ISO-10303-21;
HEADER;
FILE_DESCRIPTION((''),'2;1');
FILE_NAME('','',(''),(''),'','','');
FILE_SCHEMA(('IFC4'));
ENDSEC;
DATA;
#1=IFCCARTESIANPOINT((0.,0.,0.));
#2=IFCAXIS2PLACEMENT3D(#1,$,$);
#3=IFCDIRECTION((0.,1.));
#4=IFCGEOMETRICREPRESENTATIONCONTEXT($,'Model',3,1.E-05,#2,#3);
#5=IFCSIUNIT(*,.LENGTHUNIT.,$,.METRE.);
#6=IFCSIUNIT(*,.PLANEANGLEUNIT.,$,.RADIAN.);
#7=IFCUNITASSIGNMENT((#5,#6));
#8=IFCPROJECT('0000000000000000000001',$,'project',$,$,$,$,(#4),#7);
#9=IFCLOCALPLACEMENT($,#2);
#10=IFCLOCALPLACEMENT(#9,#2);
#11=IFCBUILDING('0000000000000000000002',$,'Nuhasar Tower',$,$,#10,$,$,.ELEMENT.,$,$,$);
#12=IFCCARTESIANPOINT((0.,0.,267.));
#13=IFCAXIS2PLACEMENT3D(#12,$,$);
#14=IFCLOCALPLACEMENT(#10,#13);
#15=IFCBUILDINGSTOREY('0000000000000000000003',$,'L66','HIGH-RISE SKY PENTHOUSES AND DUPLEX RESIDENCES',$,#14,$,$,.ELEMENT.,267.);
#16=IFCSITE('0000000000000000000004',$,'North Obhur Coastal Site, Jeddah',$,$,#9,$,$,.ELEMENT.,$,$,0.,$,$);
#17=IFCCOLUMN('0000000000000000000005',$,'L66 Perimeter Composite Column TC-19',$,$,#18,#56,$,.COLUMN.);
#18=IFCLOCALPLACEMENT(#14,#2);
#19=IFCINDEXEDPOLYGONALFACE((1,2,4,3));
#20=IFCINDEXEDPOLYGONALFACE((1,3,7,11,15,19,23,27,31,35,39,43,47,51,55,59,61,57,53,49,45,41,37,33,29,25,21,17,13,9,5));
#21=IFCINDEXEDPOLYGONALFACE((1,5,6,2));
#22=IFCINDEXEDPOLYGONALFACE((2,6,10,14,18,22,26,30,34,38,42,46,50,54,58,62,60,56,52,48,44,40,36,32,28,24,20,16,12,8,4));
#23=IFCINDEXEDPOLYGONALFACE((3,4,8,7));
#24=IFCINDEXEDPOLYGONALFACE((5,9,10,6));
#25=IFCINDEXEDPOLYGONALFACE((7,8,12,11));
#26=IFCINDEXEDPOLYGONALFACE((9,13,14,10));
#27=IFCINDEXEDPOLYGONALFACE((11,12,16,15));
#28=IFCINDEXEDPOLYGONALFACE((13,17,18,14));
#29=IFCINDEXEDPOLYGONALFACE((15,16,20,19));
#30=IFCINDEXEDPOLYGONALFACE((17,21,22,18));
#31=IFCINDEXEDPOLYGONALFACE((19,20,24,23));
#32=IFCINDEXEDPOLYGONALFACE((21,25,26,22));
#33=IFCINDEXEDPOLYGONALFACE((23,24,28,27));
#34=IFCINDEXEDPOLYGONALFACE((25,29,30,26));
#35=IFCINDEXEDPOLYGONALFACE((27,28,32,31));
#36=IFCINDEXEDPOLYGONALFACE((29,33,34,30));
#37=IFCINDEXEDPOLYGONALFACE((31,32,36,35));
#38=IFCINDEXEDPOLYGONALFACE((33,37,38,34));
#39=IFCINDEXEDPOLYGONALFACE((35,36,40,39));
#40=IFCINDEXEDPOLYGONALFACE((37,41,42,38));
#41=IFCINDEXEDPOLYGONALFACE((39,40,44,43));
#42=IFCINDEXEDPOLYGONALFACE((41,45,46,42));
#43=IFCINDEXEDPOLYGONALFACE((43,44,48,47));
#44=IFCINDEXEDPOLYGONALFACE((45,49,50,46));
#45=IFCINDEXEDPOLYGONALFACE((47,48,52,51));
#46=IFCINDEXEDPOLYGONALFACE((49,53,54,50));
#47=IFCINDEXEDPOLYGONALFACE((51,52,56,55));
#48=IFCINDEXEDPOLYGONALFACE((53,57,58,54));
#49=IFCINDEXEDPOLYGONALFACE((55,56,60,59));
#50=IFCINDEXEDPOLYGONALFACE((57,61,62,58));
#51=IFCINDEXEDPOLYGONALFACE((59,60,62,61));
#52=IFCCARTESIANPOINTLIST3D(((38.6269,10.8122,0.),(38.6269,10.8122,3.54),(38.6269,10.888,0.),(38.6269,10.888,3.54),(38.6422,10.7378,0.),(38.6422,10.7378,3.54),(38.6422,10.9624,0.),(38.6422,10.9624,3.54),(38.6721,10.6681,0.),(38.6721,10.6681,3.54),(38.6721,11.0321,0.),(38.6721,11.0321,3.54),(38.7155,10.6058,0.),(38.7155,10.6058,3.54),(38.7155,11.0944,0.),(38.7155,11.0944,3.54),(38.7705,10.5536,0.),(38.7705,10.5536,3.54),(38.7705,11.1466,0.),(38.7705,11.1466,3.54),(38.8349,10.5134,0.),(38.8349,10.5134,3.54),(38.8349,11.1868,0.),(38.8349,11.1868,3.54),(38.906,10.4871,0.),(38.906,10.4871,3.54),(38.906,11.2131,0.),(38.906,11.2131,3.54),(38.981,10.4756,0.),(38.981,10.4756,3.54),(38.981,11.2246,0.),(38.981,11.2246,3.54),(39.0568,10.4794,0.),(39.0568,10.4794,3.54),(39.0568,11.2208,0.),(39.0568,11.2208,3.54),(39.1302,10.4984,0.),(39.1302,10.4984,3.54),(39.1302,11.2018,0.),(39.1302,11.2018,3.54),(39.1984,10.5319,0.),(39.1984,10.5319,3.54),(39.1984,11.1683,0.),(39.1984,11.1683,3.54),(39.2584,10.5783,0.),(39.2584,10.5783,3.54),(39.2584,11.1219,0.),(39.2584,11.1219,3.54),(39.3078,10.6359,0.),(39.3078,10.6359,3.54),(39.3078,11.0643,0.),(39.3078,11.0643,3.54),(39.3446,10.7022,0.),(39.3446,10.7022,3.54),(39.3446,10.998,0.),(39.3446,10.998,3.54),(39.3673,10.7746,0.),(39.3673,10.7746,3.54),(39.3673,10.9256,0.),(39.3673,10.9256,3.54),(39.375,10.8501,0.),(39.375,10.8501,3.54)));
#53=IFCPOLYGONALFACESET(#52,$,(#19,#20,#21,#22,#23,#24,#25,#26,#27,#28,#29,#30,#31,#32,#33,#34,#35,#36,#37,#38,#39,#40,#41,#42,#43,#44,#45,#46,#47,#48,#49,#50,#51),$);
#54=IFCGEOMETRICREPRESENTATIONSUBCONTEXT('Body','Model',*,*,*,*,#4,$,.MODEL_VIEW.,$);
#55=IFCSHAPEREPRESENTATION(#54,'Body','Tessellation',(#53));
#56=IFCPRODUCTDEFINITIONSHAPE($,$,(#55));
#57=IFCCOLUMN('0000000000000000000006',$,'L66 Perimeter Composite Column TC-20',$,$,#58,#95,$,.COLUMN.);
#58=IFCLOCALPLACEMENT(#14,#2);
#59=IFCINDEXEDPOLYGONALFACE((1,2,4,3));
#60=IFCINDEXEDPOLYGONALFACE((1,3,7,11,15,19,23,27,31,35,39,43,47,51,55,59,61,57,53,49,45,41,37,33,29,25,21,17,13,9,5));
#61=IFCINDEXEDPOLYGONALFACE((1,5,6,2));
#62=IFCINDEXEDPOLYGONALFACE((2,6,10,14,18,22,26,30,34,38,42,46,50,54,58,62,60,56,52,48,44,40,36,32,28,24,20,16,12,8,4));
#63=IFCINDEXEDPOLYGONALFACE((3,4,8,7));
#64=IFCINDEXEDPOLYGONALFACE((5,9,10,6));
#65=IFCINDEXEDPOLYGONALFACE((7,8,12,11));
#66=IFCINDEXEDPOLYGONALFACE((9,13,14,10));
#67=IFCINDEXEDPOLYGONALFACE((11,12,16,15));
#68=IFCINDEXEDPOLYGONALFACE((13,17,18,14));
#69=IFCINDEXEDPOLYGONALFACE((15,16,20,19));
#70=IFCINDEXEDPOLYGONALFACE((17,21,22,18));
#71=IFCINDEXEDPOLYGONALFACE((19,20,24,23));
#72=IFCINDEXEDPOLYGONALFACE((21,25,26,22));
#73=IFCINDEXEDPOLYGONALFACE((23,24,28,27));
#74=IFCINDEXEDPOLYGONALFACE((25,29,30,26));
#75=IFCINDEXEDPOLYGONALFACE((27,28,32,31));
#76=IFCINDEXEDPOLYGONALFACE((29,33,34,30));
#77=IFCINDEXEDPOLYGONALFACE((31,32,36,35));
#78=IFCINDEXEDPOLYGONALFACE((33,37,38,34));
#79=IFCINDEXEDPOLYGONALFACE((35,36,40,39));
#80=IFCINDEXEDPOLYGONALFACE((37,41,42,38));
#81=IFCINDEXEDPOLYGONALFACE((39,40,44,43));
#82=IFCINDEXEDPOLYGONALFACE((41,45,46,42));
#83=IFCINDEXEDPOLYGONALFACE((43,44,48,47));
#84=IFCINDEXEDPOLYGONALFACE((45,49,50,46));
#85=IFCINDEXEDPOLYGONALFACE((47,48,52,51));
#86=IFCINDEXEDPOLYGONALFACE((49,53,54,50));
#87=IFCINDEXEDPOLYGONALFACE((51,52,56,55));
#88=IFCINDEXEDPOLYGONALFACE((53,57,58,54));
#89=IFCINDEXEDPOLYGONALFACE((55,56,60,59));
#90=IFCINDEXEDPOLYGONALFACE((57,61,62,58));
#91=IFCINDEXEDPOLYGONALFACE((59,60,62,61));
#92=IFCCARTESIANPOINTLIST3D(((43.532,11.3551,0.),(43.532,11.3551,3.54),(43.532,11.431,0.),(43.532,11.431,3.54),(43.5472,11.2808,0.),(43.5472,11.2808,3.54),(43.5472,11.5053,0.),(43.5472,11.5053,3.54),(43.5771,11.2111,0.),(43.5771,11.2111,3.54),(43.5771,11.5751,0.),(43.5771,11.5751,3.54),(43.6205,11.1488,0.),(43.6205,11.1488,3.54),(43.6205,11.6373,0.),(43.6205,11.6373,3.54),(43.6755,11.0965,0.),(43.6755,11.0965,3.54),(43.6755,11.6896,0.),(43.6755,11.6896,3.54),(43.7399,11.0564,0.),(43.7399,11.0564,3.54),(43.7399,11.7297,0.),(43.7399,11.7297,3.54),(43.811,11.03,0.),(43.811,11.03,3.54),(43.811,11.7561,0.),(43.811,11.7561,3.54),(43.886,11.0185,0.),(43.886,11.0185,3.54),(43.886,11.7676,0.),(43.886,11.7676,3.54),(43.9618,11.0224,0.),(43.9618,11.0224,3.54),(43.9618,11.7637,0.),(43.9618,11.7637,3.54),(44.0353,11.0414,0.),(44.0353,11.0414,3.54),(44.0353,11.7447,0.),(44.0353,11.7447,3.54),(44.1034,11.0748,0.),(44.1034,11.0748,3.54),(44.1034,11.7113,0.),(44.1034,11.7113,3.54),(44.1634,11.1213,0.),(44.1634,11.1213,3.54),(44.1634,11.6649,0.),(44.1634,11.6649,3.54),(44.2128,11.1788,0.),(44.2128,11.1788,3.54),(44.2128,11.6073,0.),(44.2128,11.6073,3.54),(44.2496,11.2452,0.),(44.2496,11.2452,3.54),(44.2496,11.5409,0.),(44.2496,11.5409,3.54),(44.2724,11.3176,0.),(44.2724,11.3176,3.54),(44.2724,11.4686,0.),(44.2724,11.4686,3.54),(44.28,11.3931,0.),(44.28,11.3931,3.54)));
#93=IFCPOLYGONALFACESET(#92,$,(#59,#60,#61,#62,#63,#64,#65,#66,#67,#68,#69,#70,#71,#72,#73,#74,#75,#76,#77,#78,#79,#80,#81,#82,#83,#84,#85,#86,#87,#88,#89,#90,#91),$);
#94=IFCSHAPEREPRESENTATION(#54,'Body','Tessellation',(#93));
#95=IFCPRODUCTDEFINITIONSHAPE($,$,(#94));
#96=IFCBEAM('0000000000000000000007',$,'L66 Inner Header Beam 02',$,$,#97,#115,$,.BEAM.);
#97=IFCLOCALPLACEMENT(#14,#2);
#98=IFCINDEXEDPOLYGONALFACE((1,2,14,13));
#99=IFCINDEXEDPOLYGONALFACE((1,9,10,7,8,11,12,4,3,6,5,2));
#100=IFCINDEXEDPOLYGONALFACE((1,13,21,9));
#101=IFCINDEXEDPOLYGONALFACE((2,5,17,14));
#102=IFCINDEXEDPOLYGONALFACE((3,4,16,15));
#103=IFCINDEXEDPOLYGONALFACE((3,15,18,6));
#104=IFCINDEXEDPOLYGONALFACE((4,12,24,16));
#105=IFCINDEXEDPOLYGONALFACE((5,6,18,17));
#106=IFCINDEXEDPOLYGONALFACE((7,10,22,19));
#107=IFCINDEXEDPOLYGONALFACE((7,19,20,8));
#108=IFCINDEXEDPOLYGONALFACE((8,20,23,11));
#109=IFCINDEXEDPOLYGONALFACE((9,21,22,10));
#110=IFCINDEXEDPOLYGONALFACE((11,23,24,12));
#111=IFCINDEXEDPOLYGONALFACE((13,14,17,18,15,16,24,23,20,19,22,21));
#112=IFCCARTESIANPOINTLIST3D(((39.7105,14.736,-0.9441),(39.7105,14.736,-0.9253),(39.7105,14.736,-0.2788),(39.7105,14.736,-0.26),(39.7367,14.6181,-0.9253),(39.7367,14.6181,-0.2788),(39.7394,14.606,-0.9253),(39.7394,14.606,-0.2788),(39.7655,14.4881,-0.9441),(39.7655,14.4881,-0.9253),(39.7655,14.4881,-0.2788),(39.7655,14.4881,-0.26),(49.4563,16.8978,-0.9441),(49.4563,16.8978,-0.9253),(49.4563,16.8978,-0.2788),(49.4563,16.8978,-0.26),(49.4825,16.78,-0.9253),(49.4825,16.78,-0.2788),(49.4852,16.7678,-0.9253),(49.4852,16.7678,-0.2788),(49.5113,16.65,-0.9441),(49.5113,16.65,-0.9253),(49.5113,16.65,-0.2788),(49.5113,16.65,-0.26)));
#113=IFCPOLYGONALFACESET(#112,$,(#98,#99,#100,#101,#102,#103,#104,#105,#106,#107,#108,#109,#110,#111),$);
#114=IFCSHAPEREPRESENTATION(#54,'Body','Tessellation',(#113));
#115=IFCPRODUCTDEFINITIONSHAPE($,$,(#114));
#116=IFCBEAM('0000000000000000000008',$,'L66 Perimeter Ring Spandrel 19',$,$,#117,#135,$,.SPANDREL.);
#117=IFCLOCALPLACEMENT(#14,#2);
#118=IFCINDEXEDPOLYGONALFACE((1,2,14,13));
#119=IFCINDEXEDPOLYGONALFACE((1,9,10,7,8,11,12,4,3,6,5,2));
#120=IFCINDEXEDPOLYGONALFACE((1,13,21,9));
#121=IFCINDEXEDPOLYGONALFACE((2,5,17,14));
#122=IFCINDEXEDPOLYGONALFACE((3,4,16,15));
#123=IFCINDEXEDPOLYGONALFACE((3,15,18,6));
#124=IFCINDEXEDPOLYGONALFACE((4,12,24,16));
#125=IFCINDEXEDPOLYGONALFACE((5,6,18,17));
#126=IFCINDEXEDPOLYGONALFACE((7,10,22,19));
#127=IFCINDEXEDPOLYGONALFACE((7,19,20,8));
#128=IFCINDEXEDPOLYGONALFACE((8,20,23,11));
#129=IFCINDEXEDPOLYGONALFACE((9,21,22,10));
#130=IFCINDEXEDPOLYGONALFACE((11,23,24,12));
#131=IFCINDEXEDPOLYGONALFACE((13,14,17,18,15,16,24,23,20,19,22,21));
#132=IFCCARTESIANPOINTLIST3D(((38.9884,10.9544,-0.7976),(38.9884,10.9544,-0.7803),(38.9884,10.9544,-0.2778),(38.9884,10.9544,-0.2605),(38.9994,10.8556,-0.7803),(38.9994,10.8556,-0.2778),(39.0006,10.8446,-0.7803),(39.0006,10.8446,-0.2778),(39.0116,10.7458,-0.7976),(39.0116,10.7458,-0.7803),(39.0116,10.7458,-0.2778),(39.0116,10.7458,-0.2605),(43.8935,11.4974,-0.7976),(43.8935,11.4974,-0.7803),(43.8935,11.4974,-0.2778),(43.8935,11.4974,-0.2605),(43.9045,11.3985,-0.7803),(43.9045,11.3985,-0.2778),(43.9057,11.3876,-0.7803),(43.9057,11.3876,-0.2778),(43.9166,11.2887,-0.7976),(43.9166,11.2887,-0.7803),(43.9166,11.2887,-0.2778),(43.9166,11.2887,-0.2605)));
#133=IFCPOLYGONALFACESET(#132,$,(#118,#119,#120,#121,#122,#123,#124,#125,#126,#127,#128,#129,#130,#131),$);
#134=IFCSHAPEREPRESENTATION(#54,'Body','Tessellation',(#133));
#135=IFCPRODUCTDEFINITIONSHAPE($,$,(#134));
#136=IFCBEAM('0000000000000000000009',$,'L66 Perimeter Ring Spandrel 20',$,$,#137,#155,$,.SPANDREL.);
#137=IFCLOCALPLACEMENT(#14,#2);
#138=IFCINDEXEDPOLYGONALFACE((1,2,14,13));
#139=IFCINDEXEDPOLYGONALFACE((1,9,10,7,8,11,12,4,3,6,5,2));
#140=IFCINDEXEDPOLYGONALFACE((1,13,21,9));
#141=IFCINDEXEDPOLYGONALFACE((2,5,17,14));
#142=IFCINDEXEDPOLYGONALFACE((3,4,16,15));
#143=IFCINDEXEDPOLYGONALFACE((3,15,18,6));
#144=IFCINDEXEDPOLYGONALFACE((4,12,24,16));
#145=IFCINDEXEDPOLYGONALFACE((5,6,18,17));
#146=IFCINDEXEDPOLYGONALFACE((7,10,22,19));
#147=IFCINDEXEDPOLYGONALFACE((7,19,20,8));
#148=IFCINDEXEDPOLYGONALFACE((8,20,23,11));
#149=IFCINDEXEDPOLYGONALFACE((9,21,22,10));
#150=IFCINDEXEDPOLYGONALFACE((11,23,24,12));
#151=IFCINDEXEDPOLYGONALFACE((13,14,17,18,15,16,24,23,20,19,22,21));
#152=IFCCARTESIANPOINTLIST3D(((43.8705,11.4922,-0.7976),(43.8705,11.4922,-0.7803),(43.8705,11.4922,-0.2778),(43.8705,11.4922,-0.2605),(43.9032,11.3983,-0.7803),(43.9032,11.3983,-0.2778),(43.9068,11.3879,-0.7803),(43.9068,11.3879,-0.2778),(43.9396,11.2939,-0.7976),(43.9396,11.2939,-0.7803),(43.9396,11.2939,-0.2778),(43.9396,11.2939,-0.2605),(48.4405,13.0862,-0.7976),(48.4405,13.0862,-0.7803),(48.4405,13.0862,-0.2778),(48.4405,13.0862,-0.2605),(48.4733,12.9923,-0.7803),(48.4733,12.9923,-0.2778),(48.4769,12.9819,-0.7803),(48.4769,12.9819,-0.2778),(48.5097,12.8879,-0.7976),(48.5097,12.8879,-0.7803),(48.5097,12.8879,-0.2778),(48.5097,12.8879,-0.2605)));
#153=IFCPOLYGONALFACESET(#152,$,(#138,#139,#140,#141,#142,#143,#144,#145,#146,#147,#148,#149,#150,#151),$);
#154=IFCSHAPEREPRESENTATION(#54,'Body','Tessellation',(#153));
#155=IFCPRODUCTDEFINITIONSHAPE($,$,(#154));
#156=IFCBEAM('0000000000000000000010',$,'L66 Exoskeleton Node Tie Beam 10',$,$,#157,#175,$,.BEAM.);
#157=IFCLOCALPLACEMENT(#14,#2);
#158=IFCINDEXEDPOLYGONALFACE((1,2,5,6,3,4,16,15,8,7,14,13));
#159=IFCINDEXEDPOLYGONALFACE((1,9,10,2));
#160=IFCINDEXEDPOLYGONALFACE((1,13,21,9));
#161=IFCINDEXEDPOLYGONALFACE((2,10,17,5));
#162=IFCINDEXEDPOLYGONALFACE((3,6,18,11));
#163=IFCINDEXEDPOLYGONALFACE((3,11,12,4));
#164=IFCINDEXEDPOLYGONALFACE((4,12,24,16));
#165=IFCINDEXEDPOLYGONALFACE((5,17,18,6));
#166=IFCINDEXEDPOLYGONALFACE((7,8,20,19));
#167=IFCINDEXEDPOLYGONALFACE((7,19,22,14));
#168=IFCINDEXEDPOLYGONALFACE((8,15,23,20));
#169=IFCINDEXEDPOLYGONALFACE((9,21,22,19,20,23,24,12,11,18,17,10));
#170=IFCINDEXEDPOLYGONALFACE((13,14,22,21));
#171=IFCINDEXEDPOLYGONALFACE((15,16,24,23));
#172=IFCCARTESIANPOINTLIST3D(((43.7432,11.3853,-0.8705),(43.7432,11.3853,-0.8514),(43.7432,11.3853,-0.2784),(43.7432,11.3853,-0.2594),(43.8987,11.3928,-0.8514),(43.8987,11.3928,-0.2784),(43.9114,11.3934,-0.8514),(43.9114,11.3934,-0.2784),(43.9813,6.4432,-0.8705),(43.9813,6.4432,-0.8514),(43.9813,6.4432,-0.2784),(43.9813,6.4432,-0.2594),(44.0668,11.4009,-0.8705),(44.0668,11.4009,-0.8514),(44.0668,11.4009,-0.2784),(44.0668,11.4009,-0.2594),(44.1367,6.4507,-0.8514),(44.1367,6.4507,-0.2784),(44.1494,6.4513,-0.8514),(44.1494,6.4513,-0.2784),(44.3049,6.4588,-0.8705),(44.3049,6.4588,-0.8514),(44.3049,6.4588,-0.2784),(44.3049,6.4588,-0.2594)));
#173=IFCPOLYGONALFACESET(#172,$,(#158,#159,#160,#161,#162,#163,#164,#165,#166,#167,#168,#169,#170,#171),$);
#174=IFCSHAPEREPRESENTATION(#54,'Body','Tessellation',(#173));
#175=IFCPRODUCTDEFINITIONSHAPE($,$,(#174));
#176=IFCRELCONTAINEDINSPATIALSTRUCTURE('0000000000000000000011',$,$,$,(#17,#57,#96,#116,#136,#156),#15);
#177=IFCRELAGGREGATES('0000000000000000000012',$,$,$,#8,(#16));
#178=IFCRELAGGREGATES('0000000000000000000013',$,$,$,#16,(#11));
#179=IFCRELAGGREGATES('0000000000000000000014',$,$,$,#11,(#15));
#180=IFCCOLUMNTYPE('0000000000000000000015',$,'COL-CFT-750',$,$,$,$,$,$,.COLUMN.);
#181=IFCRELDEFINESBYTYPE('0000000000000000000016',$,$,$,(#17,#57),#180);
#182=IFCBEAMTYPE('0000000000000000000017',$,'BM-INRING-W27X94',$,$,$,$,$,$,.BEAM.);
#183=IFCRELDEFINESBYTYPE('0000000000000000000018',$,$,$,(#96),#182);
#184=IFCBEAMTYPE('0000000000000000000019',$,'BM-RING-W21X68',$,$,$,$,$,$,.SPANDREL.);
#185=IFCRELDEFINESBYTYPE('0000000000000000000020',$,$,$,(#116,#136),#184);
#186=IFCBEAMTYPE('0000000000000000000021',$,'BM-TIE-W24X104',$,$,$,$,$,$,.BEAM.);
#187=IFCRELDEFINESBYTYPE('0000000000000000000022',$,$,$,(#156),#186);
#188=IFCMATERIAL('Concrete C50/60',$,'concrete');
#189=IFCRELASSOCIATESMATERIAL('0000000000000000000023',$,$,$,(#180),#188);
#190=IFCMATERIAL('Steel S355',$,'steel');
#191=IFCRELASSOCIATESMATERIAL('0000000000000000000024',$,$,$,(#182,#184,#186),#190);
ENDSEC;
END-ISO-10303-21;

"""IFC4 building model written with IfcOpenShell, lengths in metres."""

from ifc_helpers import new_model, si_unit, direction, frame, origin, origin_2d, place, context, subcontext, project, spatial, circle, i_section, extrude, material, material_profile, profile_set, type_object, element, save


model = new_model("IFC4")

# Units and contexts
model_context = context("Model", 3, precision=1e-05, world=origin(), true_north=direction((0.0, 1.0)))
body_context = subcontext(model_context, "Body", "Model", "MODEL_VIEW")
ifc_project = project(units=[si_unit("LENGTHUNIT", "METRE"), si_unit("PLANEANGLEUNIT", "RADIAN")], contexts=[model_context])

# Site, building, storey
site_placement = place(None, origin())
site = spatial("IfcSite", under=ifc_project, at=site_placement, Name="North Obhur Coastal Site, Jeddah", CompositionType="ELEMENT", RefElevation=0.0)
building_placement = place(site_placement, origin())
building = spatial("IfcBuilding", under=site, at=building_placement, Name="Nuhasar Tower", CompositionType="ELEMENT")
storey_placement = place(building_placement, frame((0.0, 0.0, 267.0)))
storey = spatial("IfcBuildingStorey", under=building, at=storey_placement, Name="L66", Description="HIGH-RISE SKY PENTHOUSES AND DUPLEX RESIDENCES", CompositionType="ELEMENT", Elevation=267.0)

# Columns
ifc_material_1 = material(Name="Concrete C50/60", Category="concrete")
ifc_material_profile_1 = material_profile(ifc_material_1, circle(Radius=0.375, at=origin_2d()), Name="CFT750")
ifc_profile_set_1 = profile_set([ifc_material_profile_1], Name="Concrete C50/60")
column_type = type_object("IfcColumnType", Name="COL-CFT-750", PredefinedType="COLUMN", material=ifc_profile_set_1)
for number, where, z_axis, x_axis, name in (
    (1, (39.0, 10.8501, 0.0), (0.0, 0.0, 1.0), (1.0, 0.0, 0.0), "L66 Perimeter Composite Column TC-19"),
    (2, (43.905, 11.3931, 0.0), (0.0, 0.0, 1.0), (1.0, 0.0, 0.0), "L66 Perimeter Composite Column TC-20"),
):
    element("IfcColumn", number, at=place(storey_placement, frame(where, z_axis=z_axis, x_axis=x_axis)), inside=storey, type_object=column_type, Name=name, PredefinedType="COLUMN", context=body_context, shape_type="SweptSolid", body=[
        extrude(circle(Radius=0.375, at=origin_2d()), origin(), (0.0, 0.0, 1.0), 3.54),
    ])

# Beams
ifc_material_2 = material(Name="Steel S355", Category="steel")
ifc_material_profile_2 = material_profile(ifc_material_2, i_section(OverallWidth=0.2539, OverallDepth=0.6841, WebThickness=0.0125, FlangeThickness=0.0188, at=origin_2d()), Name="W27X94")
ifc_profile_set_2 = profile_set([ifc_material_profile_2], Name="Steel S355")
beam_type_1 = type_object("IfcBeamType", Name="BM-INRING-W27X94", PredefinedType="BEAM", material=ifc_profile_set_2)
beam_1_placement = place(storey_placement, frame((39.738, 14.6121, -0.6021), z_axis=(0.976269, 0.21656, 0.0), x_axis=(-0.21656, 0.976269, 0.0)))
element("IfcBeam", 3, at=beam_1_placement, inside=storey, type_object=beam_type_1, Name="L66 Inner Header Beam 02", PredefinedType="BEAM", context=body_context, shape_type="SweptSolid", body=[
    extrude(i_section(OverallWidth=0.2539, OverallDepth=0.6841, WebThickness=0.0125, FlangeThickness=0.0188, at=origin_2d()), origin(), (0.0, 0.0, 1.0), 9.9827),
])
ifc_material_profile_3 = material_profile(ifc_material_2, i_section(OverallWidth=0.21, OverallDepth=0.5371, WebThickness=0.011, FlangeThickness=0.0173, at=origin_2d()), Name="W21X68")
ifc_profile_set_3 = profile_set([ifc_material_profile_3], Name="Steel S355")
beam_type_2 = type_object("IfcBeamType", Name="BM-RING-W21X68", PredefinedType="SPANDREL", material=ifc_profile_set_3)
beam_2_placement = place(storey_placement, frame((39.0, 10.8501, -0.5291), z_axis=(0.993929, 0.110024, 0.0), x_axis=(-0.110024, 0.993929, 0.0)))
element("IfcBeam", 4, at=beam_2_placement, inside=storey, type_object=beam_type_2, Name="L66 Perimeter Ring Spandrel 19", PredefinedType="SPANDREL", context=body_context, shape_type="SweptSolid", body=[
    extrude(i_section(OverallWidth=0.21, OverallDepth=0.5371, WebThickness=0.011, FlangeThickness=0.0173, at=origin_2d()), origin(), (0.0, 0.0, 1.0), 4.9351),
])
beam_3_placement = place(storey_placement, frame((43.905, 11.3931, -0.5291), z_axis=(0.944214, 0.329332, 0.0), x_axis=(-0.329332, 0.944214, 0.0)))
element("IfcBeam", 5, at=beam_3_placement, inside=storey, type_object=beam_type_2, Name="L66 Perimeter Ring Spandrel 20", PredefinedType="SPANDREL", context=body_context, shape_type="SweptSolid", body=[
    extrude(i_section(OverallWidth=0.21, OverallDepth=0.5371, WebThickness=0.011, FlangeThickness=0.0173, at=origin_2d()), origin(), (0.0, 0.0, 1.0), 4.8401),
])
ifc_material_profile_4 = material_profile(ifc_material_2, i_section(OverallWidth=0.324, OverallDepth=0.6111, WebThickness=0.0127, FlangeThickness=0.019, at=origin_2d()), Name="W24X104")
ifc_profile_set_4 = profile_set([ifc_material_profile_4], Name="Steel S355")
beam_type_3 = type_object("IfcBeamType", Name="BM-TIE-W24X104", PredefinedType="BEAM", material=ifc_profile_set_4)
beam_4_placement = place(storey_placement, frame((43.905, 11.3931, -0.5649), z_axis=(0.048109, -0.998842, 0.0), x_axis=(0.998842, 0.048109, 0.0)))
element("IfcBeam", 6, at=beam_4_placement, inside=storey, type_object=beam_type_3, Name="L66 Exoskeleton Node Tie Beam 10", PredefinedType="BEAM", context=body_context, shape_type="SweptSolid", body=[
    extrude(i_section(OverallWidth=0.324, OverallDepth=0.6111, WebThickness=0.0127, FlangeThickness=0.019, at=origin_2d()), origin(), (0.0, 0.0, 1.0), 4.9478),
])

save(model, "model.ifc")
